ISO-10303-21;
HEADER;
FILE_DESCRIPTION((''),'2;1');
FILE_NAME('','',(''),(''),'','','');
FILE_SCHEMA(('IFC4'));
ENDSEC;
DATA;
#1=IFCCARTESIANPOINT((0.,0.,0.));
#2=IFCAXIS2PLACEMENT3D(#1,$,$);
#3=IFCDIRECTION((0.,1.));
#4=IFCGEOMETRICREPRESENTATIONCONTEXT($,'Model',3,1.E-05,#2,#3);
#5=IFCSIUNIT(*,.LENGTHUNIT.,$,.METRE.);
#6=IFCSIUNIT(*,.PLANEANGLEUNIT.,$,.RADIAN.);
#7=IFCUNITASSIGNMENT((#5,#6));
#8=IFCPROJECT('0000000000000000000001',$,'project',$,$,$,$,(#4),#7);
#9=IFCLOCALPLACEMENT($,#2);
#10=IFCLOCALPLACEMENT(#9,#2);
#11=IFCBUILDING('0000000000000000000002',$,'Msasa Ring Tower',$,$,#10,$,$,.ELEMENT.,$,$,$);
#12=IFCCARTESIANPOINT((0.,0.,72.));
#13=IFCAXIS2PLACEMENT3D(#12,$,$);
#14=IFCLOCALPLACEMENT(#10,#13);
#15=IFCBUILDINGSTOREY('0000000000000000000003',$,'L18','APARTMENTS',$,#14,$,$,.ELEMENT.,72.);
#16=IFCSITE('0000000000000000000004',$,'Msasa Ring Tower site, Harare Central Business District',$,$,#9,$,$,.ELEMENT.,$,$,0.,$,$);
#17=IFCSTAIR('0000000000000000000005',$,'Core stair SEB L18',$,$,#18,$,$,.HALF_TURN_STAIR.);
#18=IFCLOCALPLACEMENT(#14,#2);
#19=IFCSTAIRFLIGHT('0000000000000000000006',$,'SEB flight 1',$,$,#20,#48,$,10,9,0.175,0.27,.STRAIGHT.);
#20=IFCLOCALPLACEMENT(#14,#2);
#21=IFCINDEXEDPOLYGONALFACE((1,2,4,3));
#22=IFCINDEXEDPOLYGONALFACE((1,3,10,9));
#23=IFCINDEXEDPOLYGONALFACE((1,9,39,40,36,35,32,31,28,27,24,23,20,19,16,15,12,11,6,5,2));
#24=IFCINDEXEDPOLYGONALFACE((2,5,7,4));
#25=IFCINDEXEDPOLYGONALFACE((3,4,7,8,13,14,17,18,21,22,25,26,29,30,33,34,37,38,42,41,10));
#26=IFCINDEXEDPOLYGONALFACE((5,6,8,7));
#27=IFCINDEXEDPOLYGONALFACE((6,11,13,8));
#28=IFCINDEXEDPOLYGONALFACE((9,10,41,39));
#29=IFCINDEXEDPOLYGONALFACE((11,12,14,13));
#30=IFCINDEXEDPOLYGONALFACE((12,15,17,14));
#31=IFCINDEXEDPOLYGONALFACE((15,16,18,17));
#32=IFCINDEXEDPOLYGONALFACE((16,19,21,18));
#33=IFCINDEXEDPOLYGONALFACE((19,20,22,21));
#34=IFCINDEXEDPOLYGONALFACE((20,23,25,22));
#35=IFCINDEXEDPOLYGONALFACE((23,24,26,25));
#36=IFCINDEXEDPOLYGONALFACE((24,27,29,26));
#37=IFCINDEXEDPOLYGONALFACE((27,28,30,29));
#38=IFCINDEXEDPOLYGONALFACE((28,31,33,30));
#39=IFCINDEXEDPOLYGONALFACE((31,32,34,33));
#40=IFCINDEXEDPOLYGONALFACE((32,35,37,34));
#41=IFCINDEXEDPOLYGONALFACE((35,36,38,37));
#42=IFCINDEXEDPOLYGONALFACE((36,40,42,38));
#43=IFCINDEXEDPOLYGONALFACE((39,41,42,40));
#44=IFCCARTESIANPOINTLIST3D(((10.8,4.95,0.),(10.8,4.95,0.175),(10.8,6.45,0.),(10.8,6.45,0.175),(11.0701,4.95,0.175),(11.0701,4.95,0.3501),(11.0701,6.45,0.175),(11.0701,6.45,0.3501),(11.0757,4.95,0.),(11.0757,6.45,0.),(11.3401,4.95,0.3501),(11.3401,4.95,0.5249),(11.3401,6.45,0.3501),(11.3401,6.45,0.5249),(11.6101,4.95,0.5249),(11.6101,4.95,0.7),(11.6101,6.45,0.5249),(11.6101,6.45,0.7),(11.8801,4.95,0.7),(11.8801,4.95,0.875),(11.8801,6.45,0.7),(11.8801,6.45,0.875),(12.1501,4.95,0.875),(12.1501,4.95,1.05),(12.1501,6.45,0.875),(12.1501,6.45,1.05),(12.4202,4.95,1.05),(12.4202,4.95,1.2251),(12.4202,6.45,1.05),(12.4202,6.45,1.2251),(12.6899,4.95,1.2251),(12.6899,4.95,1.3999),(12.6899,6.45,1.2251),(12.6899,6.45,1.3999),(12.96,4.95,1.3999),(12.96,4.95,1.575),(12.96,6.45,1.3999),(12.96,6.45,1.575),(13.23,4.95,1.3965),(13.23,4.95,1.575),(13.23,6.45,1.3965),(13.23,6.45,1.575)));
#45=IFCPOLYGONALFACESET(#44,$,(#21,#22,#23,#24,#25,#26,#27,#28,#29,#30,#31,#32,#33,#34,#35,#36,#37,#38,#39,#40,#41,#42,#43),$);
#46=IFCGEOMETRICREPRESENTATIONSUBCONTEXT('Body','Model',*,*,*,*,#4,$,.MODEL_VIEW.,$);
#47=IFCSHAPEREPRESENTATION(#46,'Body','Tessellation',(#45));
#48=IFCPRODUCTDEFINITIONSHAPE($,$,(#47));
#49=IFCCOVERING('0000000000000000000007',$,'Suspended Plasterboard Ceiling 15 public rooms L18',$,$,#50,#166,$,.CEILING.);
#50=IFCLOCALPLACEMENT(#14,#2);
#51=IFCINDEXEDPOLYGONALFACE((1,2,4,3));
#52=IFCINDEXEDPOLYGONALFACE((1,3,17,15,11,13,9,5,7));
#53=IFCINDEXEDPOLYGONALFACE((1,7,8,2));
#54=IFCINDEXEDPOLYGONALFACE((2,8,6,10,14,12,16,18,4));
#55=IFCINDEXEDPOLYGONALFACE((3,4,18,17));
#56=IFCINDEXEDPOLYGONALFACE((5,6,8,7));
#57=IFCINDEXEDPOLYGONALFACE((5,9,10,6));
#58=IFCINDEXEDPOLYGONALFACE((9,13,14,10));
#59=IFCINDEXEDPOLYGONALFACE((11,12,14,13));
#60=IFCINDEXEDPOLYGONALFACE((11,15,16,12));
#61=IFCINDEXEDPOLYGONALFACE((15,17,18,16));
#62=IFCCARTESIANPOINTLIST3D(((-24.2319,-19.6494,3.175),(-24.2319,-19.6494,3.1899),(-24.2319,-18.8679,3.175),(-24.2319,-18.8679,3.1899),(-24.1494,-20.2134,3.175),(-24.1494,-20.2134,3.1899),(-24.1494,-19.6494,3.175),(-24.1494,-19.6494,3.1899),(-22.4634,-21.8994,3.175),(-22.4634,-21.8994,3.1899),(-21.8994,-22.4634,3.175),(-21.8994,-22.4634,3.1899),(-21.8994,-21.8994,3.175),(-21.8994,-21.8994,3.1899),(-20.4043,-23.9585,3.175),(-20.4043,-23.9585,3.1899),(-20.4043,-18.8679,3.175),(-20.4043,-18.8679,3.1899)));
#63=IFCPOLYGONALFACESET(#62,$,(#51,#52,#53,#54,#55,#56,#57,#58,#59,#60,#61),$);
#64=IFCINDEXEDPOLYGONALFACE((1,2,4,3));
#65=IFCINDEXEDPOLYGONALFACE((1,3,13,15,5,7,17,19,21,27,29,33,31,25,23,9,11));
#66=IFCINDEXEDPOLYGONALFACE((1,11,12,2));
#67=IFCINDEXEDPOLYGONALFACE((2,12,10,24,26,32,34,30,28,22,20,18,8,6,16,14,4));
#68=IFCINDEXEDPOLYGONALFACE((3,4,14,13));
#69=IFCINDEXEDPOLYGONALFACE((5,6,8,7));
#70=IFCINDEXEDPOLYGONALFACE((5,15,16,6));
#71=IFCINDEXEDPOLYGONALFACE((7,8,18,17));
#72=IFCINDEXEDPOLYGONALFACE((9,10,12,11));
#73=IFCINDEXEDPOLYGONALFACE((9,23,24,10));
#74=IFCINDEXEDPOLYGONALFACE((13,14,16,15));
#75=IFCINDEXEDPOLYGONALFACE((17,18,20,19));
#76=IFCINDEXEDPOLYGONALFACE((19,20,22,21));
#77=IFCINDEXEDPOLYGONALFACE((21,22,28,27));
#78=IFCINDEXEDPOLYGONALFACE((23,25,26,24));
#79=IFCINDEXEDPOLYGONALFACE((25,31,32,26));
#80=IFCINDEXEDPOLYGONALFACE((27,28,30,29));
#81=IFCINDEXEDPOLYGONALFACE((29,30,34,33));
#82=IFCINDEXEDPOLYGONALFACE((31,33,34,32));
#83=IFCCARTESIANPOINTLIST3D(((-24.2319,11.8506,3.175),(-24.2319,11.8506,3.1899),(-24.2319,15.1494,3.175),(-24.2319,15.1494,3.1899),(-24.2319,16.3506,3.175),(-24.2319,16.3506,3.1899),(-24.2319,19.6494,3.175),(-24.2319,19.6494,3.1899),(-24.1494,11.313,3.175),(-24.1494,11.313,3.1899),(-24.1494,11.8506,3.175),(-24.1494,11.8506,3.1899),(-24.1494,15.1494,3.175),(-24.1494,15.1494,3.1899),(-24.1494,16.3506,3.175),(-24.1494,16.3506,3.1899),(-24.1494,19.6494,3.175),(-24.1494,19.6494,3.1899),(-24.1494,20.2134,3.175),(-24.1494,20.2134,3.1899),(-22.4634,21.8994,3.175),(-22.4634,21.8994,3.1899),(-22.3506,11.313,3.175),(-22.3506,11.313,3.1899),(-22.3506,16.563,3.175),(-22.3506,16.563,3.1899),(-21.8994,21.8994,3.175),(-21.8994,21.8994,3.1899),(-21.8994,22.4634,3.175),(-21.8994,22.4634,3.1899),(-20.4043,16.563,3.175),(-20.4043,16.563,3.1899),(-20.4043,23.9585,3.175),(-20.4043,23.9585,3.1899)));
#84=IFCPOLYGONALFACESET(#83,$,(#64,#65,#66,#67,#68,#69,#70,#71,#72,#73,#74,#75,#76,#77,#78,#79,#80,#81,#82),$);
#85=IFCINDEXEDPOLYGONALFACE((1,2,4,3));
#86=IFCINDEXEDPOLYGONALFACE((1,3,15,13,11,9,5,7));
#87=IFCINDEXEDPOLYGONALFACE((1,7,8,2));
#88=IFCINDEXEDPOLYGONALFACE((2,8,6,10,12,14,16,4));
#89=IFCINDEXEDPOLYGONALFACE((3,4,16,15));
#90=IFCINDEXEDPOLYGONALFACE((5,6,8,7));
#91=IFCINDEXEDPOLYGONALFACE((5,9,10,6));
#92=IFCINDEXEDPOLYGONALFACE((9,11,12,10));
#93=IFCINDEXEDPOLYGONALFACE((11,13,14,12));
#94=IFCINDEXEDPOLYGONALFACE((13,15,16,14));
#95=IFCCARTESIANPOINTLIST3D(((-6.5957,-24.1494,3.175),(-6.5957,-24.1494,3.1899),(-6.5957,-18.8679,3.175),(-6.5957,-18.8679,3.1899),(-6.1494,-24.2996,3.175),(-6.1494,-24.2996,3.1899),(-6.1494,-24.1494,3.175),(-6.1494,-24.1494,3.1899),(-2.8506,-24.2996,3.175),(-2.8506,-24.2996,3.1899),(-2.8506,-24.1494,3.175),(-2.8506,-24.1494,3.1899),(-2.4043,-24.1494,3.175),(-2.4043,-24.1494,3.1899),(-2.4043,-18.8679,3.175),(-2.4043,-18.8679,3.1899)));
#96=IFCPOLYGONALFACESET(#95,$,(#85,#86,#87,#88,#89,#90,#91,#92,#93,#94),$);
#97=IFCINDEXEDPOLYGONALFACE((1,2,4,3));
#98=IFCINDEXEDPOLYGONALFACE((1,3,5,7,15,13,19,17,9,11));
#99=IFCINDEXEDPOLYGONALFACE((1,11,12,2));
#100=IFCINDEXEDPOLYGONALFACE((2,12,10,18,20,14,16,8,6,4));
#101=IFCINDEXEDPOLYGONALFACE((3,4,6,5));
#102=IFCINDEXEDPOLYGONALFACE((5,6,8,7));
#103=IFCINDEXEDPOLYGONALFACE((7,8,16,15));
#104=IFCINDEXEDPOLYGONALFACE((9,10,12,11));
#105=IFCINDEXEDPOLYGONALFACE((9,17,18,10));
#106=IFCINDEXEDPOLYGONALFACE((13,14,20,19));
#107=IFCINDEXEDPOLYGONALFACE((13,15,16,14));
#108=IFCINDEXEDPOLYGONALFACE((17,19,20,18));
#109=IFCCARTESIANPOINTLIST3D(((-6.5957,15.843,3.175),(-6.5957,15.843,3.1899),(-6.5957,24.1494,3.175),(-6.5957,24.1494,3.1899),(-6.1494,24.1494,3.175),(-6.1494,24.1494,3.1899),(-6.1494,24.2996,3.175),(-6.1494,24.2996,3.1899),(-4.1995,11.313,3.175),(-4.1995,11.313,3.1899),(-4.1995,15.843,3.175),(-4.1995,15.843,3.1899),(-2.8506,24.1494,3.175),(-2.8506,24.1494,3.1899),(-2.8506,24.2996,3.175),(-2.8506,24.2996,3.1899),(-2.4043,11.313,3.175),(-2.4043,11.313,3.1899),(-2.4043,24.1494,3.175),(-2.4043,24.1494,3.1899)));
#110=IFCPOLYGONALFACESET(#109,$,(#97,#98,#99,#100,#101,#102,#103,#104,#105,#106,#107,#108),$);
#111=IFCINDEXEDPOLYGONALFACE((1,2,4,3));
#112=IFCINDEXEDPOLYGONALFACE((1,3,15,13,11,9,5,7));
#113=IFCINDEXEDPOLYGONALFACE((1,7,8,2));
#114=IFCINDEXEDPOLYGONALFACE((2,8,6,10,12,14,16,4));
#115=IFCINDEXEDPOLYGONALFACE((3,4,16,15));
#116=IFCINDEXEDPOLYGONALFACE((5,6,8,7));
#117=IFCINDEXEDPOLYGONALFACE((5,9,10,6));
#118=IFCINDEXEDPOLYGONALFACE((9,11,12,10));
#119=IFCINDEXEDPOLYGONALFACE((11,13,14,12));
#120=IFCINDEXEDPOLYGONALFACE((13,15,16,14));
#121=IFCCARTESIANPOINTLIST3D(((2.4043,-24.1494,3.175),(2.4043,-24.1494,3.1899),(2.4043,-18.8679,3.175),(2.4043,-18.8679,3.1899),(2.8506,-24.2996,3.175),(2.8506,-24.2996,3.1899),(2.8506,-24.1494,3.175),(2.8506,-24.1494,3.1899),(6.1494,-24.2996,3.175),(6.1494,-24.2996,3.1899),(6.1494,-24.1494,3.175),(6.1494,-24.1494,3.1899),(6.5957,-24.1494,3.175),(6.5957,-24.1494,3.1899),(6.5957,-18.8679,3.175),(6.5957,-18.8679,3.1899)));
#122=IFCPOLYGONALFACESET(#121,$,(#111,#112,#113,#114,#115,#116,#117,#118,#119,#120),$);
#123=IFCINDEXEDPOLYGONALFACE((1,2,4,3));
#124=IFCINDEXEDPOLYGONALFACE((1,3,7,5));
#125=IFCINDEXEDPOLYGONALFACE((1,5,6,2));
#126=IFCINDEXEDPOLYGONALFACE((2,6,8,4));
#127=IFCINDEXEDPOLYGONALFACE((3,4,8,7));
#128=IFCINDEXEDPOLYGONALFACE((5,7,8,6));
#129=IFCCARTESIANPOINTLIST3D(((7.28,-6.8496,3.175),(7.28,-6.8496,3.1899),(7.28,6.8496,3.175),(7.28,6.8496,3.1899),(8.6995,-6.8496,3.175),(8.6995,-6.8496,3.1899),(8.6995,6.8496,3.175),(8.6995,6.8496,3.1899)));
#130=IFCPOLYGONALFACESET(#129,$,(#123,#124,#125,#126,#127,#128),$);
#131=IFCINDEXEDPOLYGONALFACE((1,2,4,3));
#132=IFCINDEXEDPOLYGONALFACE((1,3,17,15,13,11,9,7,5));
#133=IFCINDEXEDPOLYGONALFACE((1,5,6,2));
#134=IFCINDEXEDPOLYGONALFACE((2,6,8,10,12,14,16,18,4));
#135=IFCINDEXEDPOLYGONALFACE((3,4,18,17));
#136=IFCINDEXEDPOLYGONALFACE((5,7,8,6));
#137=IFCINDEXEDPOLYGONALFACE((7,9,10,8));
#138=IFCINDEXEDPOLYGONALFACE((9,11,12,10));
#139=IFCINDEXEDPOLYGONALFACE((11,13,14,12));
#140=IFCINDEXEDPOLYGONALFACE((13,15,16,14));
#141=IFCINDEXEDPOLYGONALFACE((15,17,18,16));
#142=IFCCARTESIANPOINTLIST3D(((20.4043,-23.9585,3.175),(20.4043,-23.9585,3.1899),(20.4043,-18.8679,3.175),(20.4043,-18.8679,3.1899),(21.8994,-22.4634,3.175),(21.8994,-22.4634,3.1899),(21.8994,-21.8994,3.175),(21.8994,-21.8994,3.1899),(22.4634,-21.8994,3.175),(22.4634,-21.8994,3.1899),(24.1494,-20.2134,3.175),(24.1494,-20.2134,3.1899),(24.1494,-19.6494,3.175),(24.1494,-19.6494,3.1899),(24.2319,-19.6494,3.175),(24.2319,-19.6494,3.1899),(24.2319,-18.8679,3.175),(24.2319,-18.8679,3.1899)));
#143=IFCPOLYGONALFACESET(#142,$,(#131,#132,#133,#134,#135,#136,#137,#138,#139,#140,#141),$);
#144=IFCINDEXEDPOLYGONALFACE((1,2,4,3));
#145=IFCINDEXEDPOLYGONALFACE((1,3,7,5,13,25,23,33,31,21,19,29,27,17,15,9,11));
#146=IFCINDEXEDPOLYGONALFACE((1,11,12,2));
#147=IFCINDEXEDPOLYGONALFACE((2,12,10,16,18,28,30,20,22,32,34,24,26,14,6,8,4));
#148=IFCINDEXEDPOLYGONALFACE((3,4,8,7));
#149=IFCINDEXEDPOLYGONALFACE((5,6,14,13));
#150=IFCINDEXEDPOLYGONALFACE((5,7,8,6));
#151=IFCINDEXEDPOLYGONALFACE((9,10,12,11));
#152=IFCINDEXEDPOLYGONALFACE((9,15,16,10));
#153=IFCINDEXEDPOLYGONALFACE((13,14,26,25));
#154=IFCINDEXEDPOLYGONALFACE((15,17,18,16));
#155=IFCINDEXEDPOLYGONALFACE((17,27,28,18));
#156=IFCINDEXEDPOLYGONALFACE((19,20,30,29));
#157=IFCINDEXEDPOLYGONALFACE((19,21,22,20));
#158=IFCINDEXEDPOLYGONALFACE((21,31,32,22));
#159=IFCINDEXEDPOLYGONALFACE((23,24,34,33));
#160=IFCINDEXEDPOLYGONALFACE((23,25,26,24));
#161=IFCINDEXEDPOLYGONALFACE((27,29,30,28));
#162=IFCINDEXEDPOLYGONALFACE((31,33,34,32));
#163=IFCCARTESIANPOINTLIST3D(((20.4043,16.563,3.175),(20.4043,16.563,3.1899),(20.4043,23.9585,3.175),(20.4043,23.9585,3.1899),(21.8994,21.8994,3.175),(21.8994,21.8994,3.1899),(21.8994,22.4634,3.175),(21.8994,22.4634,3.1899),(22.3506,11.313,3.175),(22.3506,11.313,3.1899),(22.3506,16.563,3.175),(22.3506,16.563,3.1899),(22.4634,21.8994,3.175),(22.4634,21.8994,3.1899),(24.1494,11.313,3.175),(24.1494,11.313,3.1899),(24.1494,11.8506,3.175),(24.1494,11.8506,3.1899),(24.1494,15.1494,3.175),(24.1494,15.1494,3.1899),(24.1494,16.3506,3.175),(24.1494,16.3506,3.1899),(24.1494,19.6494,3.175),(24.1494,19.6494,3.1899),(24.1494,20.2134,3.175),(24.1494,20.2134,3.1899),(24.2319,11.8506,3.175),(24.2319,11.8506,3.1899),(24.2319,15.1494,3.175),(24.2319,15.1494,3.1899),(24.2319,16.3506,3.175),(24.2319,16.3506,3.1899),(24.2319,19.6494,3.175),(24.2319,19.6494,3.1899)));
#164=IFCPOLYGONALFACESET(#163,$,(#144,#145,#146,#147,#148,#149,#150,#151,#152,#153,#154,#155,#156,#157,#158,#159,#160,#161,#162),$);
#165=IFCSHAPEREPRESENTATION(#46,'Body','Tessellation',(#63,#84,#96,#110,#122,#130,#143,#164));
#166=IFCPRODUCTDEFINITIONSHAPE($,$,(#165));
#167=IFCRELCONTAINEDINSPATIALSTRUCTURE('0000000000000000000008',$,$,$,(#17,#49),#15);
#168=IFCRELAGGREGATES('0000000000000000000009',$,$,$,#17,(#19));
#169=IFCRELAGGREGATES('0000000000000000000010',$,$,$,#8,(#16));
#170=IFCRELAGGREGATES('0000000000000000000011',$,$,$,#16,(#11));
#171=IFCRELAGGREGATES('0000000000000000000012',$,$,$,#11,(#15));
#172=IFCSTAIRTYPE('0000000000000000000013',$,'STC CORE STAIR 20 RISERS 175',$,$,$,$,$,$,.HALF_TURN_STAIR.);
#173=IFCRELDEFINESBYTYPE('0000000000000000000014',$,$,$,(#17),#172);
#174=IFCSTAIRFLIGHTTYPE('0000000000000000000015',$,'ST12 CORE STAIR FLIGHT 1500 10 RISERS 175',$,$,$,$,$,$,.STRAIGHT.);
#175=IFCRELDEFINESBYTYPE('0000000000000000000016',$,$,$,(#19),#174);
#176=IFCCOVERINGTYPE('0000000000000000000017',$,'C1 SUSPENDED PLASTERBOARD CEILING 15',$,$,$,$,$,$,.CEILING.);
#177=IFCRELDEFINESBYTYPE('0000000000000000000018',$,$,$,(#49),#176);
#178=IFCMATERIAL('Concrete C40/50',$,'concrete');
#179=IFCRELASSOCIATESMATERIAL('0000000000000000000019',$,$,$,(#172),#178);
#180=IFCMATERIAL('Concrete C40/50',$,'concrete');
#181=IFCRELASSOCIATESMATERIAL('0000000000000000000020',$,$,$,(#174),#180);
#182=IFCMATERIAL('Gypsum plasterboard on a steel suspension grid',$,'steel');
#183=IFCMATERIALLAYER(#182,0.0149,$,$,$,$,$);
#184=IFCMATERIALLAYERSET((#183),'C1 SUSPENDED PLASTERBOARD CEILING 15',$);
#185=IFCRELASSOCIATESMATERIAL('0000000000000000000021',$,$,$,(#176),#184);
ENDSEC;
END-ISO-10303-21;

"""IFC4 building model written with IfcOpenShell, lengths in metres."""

from ifc_helpers import new_model, si_unit, direction, frame, origin, place, context, subcontext, project, spatial, polyline, line, indexed_curve, outline, extrude, material, layer, layer_set, type_object, element, aggregate, save


model = new_model("IFC4")

# Units and contexts
model_context = context("Model", 3, precision=1e-05, world=origin(), true_north=direction((0.0, 1.0)))
body_context = subcontext(model_context, "Body", "Model", "MODEL_VIEW")
ifc_project = project(units=[si_unit("LENGTHUNIT", "METRE"), si_unit("PLANEANGLEUNIT", "RADIAN")], contexts=[model_context])

# Site, building, storey
site_placement = place(None, origin())
site = spatial("IfcSite", under=ifc_project, at=site_placement, Name="Msasa Ring Tower site, Harare Central Business District", CompositionType="ELEMENT", RefElevation=0.0)
building_placement = place(site_placement, origin())
building = spatial("IfcBuilding", under=site, at=building_placement, Name="Msasa Ring Tower", CompositionType="ELEMENT")
storey_placement = place(building_placement, frame((0.0, 0.0, 72.0)))
storey = spatial("IfcBuildingStorey", under=building, at=storey_placement, Name="L18", Description="APARTMENTS", CompositionType="ELEMENT", Elevation=72.0)

# Shared definitions
ifc_material_1 = material(Name="Concrete C40/50", Category="concrete")
stair_type = type_object("IfcStairType", Name="STC CORE STAIR 20 RISERS 175", PredefinedType="HALF_TURN_STAIR", material=ifc_material_1)

# Stair, stair flight
stair_1_placement = place(storey_placement, origin())
stair_1 = element("IfcStair", 1, at=stair_1_placement, inside=storey, type_object=stair_type, Name="Core stair SEB L18", PredefinedType="HALF_TURN_STAIR")
ifc_material_2 = material(Name="Concrete C40/50", Category="concrete")
stair_flight_type = type_object("IfcStairFlightType", Name="ST12 CORE STAIR FLIGHT 1500 10 RISERS 175", PredefinedType="STRAIGHT", material=ifc_material_2)
stair_flight_placement = place(storey_placement, frame((10.8, 5.7, 0.0), z_axis=(0.0, 0.0, 1.0), x_axis=(1.0, 0.0, 0.0)))
stair_flight = element("IfcStairFlight", 2, at=stair_flight_placement, type_object=stair_flight_type, Name="SEB flight 1", NumberOfRisers=10, NumberOfTreads=9, PredefinedType="STRAIGHT", RiserHeight=0.175, TreadLength=0.27, context=body_context, shape_type="SweptSolid", body=[
    extrude(outline(polyline([(0.0, 0.0), (0.0, 0.175), (0.27, 0.175), (0.27, 0.3501), (0.54, 0.3501), (0.54, 0.5249), (0.8101, 0.5249), (0.8101, 0.7), (1.0801, 0.7), (1.0801, 0.875), (1.3501, 0.875), (1.3501, 1.05), (1.6201, 1.05), (1.6201, 1.2251), (1.8899, 1.2251), (1.8899, 1.3999), (2.1599, 1.3999), (2.1599, 1.575), (2.4299, 1.575), (2.4299, 1.75), (2.4299, 1.3965), (0.2756, 0.0), (0.0, 0.0)])), frame((0.0, 0.75, 0.0), z_axis=(0.0, -1.0, 0.0), x_axis=(1.0, 0.0, 0.0)), (0.0, 0.0, 1.0), 1.5),
])
aggregate(stair_1, [stair_flight])

# Covering
ifc_material_3 = material(Name="Gypsum plasterboard on a steel suspension grid", Category="steel")
ifc_layer_1 = layer(ifc_material_3, 0.0149)
ifc_layer_set_1 = layer_set([ifc_layer_1], Name="C1 SUSPENDED PLASTERBOARD CEILING 15")
covering_type_1 = type_object("IfcCoveringType", Name="C1 SUSPENDED PLASTERBOARD CEILING 15", PredefinedType="CEILING", material=ifc_layer_set_1)
covering_1_placement = place(storey_placement, frame((0.0, 0.0, 3.175)))
element("IfcCovering", 3, at=covering_1_placement, inside=storey, type_object=covering_type_1, Name="Suspended Plasterboard Ceiling 15 public rooms L18", PredefinedType="CEILING", context=body_context, shape_type="SweptSolid", body=[
    extrude(outline(indexed_curve([(-24.2319, -18.8679), (-20.4043, -18.8679), (-20.4043, -23.9585), (-21.8994, -22.4634), (-21.8994, -21.8994), (-22.4634, -21.8994), (-24.1494, -20.2134), (-24.1494, -19.6494), (-24.2319, -19.6494)], segments=[line(1, 2, 3, 4, 5, 6, 7, 8, 9, 1)], self_intersect=False)), origin(), (0.0, 0.0, 1.0), 0.0149),
    extrude(outline(indexed_curve([(-22.3506, 11.313), (-24.1494, 11.313), (-24.1494, 11.8506), (-24.2319, 11.8506), (-24.2319, 15.1494), (-24.1494, 15.1494), (-24.1494, 16.3506), (-24.2319, 16.3506), (-24.2319, 19.6494), (-24.1494, 19.6494), (-24.1494, 20.2134), (-22.4634, 21.8994), (-21.8994, 21.8994), (-21.8994, 22.4634), (-20.4043, 23.9585), (-20.4043, 16.563), (-22.3506, 16.563)], segments=[line(1, 2, 3, 4, 5, 6, 7, 8, 9, 10, 11, 12, 13, 14, 15, 16, 17, 1)], self_intersect=False)), origin(), (0.0, 0.0, 1.0), 0.0149),
    extrude(outline(indexed_curve([(-2.4043, -18.8679), (-2.4043, -24.1494), (-2.8506, -24.1494), (-2.8506, -24.2996), (-6.1494, -24.2996), (-6.1494, -24.1494), (-6.5957, -24.1494), (-6.5957, -18.8679)], segments=[line(1, 2, 3, 4, 5, 6, 7, 8, 1)], self_intersect=False)), origin(), (0.0, 0.0, 1.0), 0.0149),
    extrude(outline(indexed_curve([(-2.8506, 24.2996), (-2.8506, 24.1494), (-2.4043, 24.1494), (-2.4043, 11.313), (-4.1995, 11.313), (-4.1995, 15.843), (-6.5957, 15.843), (-6.5957, 24.1494), (-6.1494, 24.1494), (-6.1494, 24.2996)], segments=[line(1, 2, 3, 4, 5, 6, 7, 8, 9, 10, 1)], self_intersect=False)), origin(), (0.0, 0.0, 1.0), 0.0149),
    extrude(outline(indexed_curve([(6.5957, -18.8679), (6.5957, -24.1494), (6.1494, -24.1494), (6.1494, -24.2996), (2.8506, -24.2996), (2.8506, -24.1494), (2.4043, -24.1494), (2.4043, -18.8679)], segments=[line(1, 2, 3, 4, 5, 6, 7, 8, 1)], self_intersect=False)), origin(), (0.0, 0.0, 1.0), 0.0149),
    extrude(outline(indexed_curve([(7.28, -6.8496), (7.28, 6.8496), (8.6995, 6.8496), (8.6995, -6.8496)], segments=[line(1, 2, 3, 4, 1)], self_intersect=False)), origin(), (0.0, 0.0, 1.0), 0.0149),
    extrude(outline(indexed_curve([(24.2319, -18.8679), (24.2319, -19.6494), (24.1494, -19.6494), (24.1494, -20.2134), (22.4634, -21.8994), (21.8994, -21.8994), (21.8994, -22.4634), (20.4043, -23.9585), (20.4043, -18.8679)], segments=[line(1, 2, 3, 4, 5, 6, 7, 8, 9, 1)], self_intersect=False)), origin(), (0.0, 0.0, 1.0), 0.0149),
    extrude(outline(indexed_curve([(21.8994, 22.4634), (21.8994, 21.8994), (22.4634, 21.8994), (24.1494, 20.2134), (24.1494, 19.6494), (24.2319, 19.6494), (24.2319, 16.3506), (24.1494, 16.3506), (24.1494, 15.1494), (24.2319, 15.1494), (24.2319, 11.8506), (24.1494, 11.8506), (24.1494, 11.313), (22.3506, 11.313), (22.3506, 16.563), (20.4043, 16.563), (20.4043, 23.9585)], segments=[line(1, 2, 3, 4, 5, 6, 7, 8, 9, 10, 11, 12, 13, 14, 15, 16, 17, 1)], self_intersect=False)), origin(), (0.0, 0.0, 1.0), 0.0149),
])

save(model, "model.ifc")
